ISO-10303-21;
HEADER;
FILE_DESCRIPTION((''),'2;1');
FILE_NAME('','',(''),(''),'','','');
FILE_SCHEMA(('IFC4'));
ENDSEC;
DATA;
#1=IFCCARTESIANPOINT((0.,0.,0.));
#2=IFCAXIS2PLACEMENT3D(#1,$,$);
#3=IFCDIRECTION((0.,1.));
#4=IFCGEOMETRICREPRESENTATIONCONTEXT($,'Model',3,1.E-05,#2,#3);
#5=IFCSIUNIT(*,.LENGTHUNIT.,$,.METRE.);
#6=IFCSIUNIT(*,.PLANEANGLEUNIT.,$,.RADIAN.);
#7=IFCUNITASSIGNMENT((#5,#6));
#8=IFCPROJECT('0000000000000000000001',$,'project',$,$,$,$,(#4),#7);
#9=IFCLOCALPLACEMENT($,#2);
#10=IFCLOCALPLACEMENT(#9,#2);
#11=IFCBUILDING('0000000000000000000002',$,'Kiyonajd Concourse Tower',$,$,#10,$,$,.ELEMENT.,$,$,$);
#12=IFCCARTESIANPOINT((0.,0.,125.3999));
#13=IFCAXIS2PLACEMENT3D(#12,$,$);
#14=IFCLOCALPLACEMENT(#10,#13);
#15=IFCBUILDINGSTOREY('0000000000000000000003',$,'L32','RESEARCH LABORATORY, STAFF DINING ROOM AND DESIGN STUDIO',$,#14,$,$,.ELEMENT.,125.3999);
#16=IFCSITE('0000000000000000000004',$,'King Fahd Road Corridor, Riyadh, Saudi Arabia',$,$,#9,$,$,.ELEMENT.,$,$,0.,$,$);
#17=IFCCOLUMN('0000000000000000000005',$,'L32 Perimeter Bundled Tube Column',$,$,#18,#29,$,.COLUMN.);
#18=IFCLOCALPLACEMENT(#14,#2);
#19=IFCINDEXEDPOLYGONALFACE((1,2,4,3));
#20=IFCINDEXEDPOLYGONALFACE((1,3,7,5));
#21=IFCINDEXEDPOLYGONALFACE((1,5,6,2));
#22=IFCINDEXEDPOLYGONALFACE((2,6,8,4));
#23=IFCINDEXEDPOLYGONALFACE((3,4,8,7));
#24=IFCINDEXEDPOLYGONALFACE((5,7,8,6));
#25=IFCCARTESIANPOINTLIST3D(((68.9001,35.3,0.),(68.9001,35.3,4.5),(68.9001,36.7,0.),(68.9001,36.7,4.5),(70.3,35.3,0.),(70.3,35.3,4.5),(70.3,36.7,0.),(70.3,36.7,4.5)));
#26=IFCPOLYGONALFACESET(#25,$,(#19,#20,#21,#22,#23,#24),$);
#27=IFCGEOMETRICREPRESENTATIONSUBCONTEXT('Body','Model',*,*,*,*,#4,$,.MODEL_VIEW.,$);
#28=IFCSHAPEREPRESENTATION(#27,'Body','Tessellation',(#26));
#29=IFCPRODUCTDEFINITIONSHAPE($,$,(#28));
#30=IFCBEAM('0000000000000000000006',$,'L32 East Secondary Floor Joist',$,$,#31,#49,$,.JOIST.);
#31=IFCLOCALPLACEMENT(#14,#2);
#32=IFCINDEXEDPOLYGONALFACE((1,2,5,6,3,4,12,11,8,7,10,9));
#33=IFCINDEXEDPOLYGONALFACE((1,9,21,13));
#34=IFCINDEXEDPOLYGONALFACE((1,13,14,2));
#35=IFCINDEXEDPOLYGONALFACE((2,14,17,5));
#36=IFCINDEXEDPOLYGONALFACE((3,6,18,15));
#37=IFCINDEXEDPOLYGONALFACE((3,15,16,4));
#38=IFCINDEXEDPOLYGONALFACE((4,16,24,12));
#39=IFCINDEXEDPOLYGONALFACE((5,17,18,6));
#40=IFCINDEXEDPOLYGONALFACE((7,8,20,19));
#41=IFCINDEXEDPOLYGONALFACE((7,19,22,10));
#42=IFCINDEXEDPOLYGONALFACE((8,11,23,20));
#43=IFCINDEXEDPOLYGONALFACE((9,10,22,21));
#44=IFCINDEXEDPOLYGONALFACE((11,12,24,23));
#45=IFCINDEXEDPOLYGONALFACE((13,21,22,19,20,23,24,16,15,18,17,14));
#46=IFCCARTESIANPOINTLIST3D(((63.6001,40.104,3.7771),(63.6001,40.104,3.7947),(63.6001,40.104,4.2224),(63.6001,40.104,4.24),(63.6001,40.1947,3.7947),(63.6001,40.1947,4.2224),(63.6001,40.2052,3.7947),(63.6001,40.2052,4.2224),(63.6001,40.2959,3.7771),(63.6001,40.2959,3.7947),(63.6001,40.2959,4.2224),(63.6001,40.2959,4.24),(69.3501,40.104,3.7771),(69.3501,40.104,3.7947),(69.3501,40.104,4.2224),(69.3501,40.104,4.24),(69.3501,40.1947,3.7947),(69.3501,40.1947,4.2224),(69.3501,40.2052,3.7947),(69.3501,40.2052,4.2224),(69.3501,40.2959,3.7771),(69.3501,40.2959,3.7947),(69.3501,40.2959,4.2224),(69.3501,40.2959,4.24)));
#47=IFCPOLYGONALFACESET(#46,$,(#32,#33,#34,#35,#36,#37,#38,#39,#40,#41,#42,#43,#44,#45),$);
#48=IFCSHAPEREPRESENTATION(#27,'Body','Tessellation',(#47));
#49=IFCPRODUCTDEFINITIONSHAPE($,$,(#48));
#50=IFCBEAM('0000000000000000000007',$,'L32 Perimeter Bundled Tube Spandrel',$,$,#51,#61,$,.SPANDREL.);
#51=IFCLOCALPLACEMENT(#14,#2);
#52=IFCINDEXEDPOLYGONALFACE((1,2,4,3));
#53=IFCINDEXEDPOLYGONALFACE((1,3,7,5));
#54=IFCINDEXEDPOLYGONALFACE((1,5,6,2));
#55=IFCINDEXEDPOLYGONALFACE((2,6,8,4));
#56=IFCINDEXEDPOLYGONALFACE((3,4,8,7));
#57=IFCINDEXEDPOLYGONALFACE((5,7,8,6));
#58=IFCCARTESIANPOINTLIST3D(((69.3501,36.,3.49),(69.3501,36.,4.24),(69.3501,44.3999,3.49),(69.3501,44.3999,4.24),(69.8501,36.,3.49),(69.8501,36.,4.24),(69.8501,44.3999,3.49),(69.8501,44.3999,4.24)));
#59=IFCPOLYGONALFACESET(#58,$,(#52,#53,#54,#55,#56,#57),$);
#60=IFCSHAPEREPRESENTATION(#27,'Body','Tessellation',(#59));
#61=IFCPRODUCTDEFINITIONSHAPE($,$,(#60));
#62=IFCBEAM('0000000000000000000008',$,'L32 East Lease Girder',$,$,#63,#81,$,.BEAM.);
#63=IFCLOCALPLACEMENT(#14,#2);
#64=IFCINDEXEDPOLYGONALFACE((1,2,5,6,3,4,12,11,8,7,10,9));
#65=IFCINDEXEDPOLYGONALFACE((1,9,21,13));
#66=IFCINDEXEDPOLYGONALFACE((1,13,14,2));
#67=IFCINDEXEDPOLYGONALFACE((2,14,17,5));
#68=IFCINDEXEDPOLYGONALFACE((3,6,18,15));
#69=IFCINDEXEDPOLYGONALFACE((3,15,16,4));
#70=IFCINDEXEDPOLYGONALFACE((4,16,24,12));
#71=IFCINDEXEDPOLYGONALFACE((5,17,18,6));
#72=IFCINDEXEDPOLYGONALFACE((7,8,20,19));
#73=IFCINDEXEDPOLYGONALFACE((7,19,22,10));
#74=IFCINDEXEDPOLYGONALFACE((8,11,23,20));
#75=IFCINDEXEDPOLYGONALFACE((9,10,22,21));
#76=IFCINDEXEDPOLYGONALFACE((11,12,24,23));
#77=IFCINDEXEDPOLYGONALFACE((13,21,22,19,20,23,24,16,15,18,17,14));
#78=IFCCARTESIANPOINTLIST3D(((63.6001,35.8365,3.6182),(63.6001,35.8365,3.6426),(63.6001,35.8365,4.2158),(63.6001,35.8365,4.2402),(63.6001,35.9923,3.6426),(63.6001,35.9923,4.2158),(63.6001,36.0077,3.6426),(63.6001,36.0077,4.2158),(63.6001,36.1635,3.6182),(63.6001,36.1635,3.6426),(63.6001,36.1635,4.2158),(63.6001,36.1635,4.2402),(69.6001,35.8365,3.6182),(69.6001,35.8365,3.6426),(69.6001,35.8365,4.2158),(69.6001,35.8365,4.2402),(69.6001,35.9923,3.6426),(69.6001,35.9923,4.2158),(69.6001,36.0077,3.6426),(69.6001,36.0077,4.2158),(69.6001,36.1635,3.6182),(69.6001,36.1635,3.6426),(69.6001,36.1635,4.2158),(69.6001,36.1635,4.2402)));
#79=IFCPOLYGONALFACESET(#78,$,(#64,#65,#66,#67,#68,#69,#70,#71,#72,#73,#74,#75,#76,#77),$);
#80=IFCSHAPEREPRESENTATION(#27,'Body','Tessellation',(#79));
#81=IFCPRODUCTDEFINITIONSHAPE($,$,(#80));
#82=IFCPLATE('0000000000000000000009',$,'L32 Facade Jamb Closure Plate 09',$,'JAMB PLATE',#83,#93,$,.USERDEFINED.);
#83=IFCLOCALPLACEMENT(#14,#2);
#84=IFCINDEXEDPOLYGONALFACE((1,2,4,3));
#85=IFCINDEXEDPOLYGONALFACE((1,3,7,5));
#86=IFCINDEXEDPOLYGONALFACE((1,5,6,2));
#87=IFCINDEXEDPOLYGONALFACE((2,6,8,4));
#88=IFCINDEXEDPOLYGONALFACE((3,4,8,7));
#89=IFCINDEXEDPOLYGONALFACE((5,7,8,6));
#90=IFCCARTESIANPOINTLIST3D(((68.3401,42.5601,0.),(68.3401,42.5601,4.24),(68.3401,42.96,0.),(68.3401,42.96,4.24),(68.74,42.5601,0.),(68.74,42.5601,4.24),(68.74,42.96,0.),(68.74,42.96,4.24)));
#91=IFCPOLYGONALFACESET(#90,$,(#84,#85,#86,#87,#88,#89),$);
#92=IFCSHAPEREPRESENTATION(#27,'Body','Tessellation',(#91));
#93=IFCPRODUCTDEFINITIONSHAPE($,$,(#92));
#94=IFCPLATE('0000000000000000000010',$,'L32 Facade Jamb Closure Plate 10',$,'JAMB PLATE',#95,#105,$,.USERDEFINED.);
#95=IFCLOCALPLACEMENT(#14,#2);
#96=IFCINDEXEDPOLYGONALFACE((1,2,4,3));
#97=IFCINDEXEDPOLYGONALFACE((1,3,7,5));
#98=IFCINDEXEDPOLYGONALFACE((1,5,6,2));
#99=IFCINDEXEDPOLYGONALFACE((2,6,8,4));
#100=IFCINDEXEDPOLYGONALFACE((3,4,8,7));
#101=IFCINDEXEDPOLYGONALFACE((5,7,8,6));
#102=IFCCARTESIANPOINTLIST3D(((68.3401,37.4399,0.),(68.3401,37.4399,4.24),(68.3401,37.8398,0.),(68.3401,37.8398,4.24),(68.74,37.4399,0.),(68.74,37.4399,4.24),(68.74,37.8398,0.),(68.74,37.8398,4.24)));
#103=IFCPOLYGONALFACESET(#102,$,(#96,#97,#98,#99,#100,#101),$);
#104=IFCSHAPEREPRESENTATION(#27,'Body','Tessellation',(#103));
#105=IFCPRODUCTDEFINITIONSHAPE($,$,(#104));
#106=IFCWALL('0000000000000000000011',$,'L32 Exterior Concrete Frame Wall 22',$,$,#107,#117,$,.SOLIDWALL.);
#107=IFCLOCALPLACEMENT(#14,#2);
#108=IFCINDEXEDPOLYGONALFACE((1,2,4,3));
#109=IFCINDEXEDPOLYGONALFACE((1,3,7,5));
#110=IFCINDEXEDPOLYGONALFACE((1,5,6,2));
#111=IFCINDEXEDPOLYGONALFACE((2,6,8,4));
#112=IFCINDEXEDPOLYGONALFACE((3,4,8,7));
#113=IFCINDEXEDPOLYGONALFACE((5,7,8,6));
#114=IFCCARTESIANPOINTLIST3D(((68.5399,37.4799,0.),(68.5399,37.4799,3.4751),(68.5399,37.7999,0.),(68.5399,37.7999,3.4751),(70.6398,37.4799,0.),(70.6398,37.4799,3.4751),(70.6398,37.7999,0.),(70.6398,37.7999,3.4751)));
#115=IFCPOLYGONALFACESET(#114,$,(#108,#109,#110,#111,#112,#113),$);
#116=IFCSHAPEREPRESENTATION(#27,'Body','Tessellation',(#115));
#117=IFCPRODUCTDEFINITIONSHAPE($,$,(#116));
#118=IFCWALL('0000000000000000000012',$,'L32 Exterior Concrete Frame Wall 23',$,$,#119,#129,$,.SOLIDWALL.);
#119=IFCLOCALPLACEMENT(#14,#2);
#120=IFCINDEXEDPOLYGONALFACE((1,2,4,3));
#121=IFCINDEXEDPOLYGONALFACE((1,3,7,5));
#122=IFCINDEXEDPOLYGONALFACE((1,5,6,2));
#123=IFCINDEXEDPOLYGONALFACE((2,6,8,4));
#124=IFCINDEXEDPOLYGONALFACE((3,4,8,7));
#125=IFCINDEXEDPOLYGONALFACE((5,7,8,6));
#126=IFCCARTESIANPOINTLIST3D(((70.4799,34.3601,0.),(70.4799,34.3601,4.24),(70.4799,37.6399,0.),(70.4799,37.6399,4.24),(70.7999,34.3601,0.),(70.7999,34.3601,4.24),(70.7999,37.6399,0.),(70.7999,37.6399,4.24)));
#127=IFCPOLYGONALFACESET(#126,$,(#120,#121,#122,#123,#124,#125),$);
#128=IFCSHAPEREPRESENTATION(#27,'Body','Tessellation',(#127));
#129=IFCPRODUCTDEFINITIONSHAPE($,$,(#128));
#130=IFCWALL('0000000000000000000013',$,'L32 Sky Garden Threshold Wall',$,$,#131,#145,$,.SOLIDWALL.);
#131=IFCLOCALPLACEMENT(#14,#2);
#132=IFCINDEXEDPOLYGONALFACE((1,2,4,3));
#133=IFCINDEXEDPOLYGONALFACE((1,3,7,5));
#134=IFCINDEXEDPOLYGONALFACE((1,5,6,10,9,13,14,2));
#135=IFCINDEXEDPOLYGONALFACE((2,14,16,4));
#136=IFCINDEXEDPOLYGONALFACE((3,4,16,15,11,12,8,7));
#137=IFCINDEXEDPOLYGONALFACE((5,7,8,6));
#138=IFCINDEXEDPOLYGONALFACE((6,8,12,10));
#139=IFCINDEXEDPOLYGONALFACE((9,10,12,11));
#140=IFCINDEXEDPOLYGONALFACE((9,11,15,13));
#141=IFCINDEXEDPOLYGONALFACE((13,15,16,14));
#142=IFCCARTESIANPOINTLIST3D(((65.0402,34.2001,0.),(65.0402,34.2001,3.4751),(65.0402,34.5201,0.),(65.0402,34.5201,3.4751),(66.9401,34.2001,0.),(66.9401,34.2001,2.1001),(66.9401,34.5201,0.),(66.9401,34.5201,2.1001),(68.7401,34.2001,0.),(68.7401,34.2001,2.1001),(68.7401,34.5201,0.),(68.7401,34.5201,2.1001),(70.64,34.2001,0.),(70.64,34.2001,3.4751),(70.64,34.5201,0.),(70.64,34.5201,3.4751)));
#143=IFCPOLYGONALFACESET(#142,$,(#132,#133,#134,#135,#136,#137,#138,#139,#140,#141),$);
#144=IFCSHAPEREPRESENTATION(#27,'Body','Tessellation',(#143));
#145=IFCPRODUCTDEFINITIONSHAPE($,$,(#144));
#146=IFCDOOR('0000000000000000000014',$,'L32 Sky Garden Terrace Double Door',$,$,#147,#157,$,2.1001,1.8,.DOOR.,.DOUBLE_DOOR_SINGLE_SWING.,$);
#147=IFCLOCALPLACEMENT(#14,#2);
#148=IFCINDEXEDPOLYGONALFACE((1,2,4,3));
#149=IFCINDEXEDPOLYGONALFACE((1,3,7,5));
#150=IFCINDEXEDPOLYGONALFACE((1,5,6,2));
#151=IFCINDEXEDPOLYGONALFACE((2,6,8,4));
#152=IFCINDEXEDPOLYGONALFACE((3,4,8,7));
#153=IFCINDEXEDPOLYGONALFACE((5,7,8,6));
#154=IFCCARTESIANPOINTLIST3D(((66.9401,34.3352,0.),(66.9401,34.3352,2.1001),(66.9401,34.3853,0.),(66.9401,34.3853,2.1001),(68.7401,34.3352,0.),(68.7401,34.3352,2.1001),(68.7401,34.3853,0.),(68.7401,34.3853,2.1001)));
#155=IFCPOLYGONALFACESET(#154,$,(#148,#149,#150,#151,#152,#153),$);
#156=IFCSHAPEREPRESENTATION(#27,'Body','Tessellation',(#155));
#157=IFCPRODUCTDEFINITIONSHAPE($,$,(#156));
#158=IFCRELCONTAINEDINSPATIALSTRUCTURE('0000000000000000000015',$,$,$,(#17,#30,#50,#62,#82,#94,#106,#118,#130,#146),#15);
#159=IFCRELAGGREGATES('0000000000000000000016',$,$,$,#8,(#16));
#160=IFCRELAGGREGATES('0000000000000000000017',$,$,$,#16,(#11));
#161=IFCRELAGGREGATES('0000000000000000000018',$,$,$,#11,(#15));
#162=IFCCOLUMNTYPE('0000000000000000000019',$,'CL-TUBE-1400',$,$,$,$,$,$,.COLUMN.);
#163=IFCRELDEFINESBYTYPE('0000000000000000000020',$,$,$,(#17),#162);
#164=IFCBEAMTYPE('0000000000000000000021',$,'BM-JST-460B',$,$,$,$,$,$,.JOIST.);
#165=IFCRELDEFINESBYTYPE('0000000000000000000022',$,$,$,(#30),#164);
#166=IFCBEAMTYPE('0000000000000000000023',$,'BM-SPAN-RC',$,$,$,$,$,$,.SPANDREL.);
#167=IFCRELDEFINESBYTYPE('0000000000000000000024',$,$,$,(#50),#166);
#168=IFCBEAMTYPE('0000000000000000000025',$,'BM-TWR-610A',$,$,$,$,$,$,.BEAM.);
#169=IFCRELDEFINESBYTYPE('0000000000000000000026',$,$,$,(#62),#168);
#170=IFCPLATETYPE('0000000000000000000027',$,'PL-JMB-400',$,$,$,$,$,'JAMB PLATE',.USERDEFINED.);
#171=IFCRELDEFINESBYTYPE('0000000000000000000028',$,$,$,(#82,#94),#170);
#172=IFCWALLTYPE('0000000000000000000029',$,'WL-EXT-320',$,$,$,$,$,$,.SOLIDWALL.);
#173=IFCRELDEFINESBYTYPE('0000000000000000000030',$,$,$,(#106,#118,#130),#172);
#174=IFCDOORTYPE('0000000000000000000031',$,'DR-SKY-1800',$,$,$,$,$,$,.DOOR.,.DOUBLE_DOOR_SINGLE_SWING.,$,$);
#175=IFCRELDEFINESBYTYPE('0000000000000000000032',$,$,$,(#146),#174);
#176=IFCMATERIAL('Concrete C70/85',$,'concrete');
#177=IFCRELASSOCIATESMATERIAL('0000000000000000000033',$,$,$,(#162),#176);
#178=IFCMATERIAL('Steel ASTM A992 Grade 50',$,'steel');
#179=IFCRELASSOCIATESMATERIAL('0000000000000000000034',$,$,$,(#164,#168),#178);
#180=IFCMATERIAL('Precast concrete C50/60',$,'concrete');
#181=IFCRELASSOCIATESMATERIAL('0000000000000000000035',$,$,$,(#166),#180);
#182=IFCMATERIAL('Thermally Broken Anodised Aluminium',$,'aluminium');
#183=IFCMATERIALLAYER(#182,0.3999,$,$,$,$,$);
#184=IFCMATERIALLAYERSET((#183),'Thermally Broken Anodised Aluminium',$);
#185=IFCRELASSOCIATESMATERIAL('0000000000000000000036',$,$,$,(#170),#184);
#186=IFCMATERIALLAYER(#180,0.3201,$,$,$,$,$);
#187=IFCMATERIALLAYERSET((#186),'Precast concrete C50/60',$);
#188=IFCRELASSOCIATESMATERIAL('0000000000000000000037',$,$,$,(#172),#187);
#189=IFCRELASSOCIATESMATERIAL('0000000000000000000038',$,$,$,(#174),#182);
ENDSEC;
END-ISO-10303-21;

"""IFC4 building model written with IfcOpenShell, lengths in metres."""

from ifc_helpers import new_model, si_unit, direction, frame, frame_2d, origin, origin_2d, place, context, subcontext, project, spatial, rectangle, i_section, extrude, material, layer, layer_set, material_profile, profile_set, type_object, element, fill, save


model = new_model("IFC4")

# Units and contexts
model_context = context("Model", 3, precision=1e-05, world=origin(), true_north=direction((0.0, 1.0)))
body_context = subcontext(model_context, "Body", "Model", "MODEL_VIEW")
ifc_project = project(units=[si_unit("LENGTHUNIT", "METRE"), si_unit("PLANEANGLEUNIT", "RADIAN")], contexts=[model_context])

# Site, building, storey
site_placement = place(None, origin())
site = spatial("IfcSite", under=ifc_project, at=site_placement, Name="King Fahd Road Corridor, Riyadh, Saudi Arabia", CompositionType="ELEMENT", RefElevation=0.0)
building_placement = place(site_placement, origin())
building = spatial("IfcBuilding", under=site, at=building_placement, Name="Kiyonajd Concourse Tower", CompositionType="ELEMENT")
storey_placement = place(building_placement, frame((0.0, 0.0, 125.3999)))
storey = spatial("IfcBuildingStorey", under=building, at=storey_placement, Name="L32", Description="RESEARCH LABORATORY, STAFF DINING ROOM AND DESIGN STUDIO", CompositionType="ELEMENT", Elevation=125.3999)

# Column
ifc_material_1 = material(Name="Concrete C70/85", Category="concrete")
ifc_material_profile_1 = material_profile(ifc_material_1, rectangle(XDim=1.3999, YDim=1.3999, at=origin_2d()), Name="RC-1400x1400")
ifc_profile_set_1 = profile_set([ifc_material_profile_1], Name="Concrete C70/85")
column_type = type_object("IfcColumnType", Name="CL-TUBE-1400", PredefinedType="COLUMN", material=ifc_profile_set_1)
column_placement = place(storey_placement, frame((69.6001, 36.0, 0.0), z_axis=(0.0, 0.0, 1.0), x_axis=(1.0, 0.0, 0.0)))
element("IfcColumn", 1, at=column_placement, inside=storey, type_object=column_type, Name="L32 Perimeter Bundled Tube Column", PredefinedType="COLUMN", context=body_context, shape_type="SweptSolid", body=[
    extrude(rectangle(XDim=1.3999, YDim=1.3999, at=origin_2d()), origin(), (0.0, 0.0, 1.0), 4.5),
])

# Beams
ifc_material_2 = material(Name="Steel ASTM A992 Grade 50", Category="steel")
ifc_material_profile_2 = material_profile(ifc_material_2, i_section(OverallWidth=0.1919, OverallDepth=0.4629, WebThickness=0.0105, FlangeThickness=0.0176, at=origin_2d()), Name="W460X89")
ifc_profile_set_2 = profile_set([ifc_material_profile_2], Name="Steel ASTM A992 Grade 50")
beam_type_1 = type_object("IfcBeamType", Name="BM-JST-460B", PredefinedType="JOIST", material=ifc_profile_set_2)
beam_1_placement = place(storey_placement, frame((63.6001, 40.2, 4.0085), z_axis=(1.0, 0.0, 0.0), x_axis=(0.0, 1.0, 0.0)))
element("IfcBeam", 2, at=beam_1_placement, inside=storey, type_object=beam_type_1, Name="L32 East Secondary Floor Joist", PredefinedType="JOIST", context=body_context, shape_type="SweptSolid", body=[
    extrude(i_section(OverallWidth=0.1919, OverallDepth=0.4629, WebThickness=0.0105, FlangeThickness=0.0176, at=origin_2d()), origin(), (0.0, 0.0, 1.0), 5.75),
])
ifc_material_3 = material(Name="Precast concrete C50/60", Category="concrete")
ifc_material_profile_3 = material_profile(ifc_material_3, rectangle(XDim=0.5, YDim=0.75, at=origin_2d()), Name="RCBM-500x750")
ifc_profile_set_3 = profile_set([ifc_material_profile_3], Name="Precast concrete C50/60")
beam_type_2 = type_object("IfcBeamType", Name="BM-SPAN-RC", PredefinedType="SPANDREL", material=ifc_profile_set_3)
beam_2_placement = place(storey_placement, frame((69.6001, 36.0, 3.865), z_axis=(0.0, 1.0, 0.0), x_axis=(-1.0, 0.0, 0.0)))
element("IfcBeam", 3, at=beam_2_placement, inside=storey, type_object=beam_type_2, Name="L32 Perimeter Bundled Tube Spandrel", PredefinedType="SPANDREL", context=body_context, shape_type="SweptSolid", body=[
    extrude(rectangle(XDim=0.5, YDim=0.75, at=origin_2d()), origin(), (0.0, 0.0, 1.0), 8.3999),
])
ifc_material_profile_4 = material_profile(ifc_material_2, i_section(OverallWidth=0.3269, OverallDepth=0.6221, WebThickness=0.0154, FlangeThickness=0.0244, at=origin_2d()), Name="W610X195")
ifc_profile_set_4 = profile_set([ifc_material_profile_4], Name="Steel ASTM A992 Grade 50")
beam_type_3 = type_object("IfcBeamType", Name="BM-TWR-610A", PredefinedType="BEAM", material=ifc_profile_set_4)
beam_3_placement = place(storey_placement, frame((63.6001, 36.0, 3.9292), z_axis=(1.0, 0.0, 0.0), x_axis=(0.0, 1.0, 0.0)))
element("IfcBeam", 4, at=beam_3_placement, inside=storey, type_object=beam_type_3, Name="L32 East Lease Girder", PredefinedType="BEAM", context=body_context, shape_type="SweptSolid", body=[
    extrude(i_section(OverallWidth=0.3269, OverallDepth=0.6221, WebThickness=0.0154, FlangeThickness=0.0244, at=origin_2d()), origin(), (0.0, 0.0, 1.0), 6.0),
])

# Plates
ifc_material_4 = material(Name="Thermally Broken Anodised Aluminium", Category="aluminium")
ifc_layer_1 = layer(ifc_material_4, 0.3999)
ifc_layer_set_1 = layer_set([ifc_layer_1], Name="Thermally Broken Anodised Aluminium")
plate_type = type_object("IfcPlateType", Name="PL-JMB-400", ElementType="JAMB PLATE", PredefinedType="USERDEFINED", material=ifc_layer_set_1)
for number, where, z_axis, x_axis, name in (
    (5, (68.54, 42.76, 0.0), (0.0, 0.0, 1.0), (1.0, 0.0, 0.0), "L32 Facade Jamb Closure Plate 09"),
    (6, (68.54, 37.6399, 0.0), (0.0, 0.0, 1.0), (1.0, 0.0, 0.0), "L32 Facade Jamb Closure Plate 10"),
):
    element("IfcPlate", number, at=place(storey_placement, frame(where, z_axis=z_axis, x_axis=x_axis)), inside=storey, type_object=plate_type, Name=name, ObjectType="JAMB PLATE", PredefinedType="USERDEFINED", context=body_context, shape_type="SweptSolid", body=[
        extrude(rectangle(XDim=0.3999, YDim=0.3999, at=origin_2d()), origin(), (0.0, 0.0, 1.0), 4.24),
    ])

# Walls
ifc_layer_2 = layer(ifc_material_3, 0.3201)
ifc_layer_set_2 = layer_set([ifc_layer_2], Name="Precast concrete C50/60")
wall_type_1 = type_object("IfcWallType", Name="WL-EXT-320", PredefinedType="SOLIDWALL", material=ifc_layer_set_2)
wall_1_placement = place(storey_placement, frame((68.54, 37.6399, 0.0), z_axis=(0.0, 0.0, 1.0), x_axis=(1.0, 0.0, 0.0)))
element("IfcWall", 7, at=wall_1_placement, inside=storey, type_object=wall_type_1, Name="L32 Exterior Concrete Frame Wall 22", PredefinedType="SOLIDWALL", context=body_context, shape_type="SweptSolid", body=[
    extrude(rectangle(XDim=2.0999, YDim=0.3201, at=frame_2d((1.0498, 0.0))), origin(), (0.0, 0.0, 1.0), 3.4751),
])
wall_2_placement = place(storey_placement, frame((70.6399, 37.6399, 0.0), z_axis=(0.0, 0.0, 1.0), x_axis=(0.0, -1.0, 0.0)))
element("IfcWall", 8, at=wall_2_placement, inside=storey, type_object=wall_type_1, Name="L32 Exterior Concrete Frame Wall 23", PredefinedType="SOLIDWALL", context=body_context, shape_type="SweptSolid", body=[
    extrude(rectangle(XDim=3.2798, YDim=0.3201, at=frame_2d((1.6399, 0.0))), origin(), (0.0, 0.0, 1.0), 4.24),
])

# Wall, opening, door
wall_3_placement = place(storey_placement, frame((70.6399, 34.3601, 0.0), z_axis=(0.0, 0.0, 1.0), x_axis=(-1.0, 0.0, 0.0)))
wall_3 = element("IfcWall", 9, at=wall_3_placement, inside=storey, type_object=wall_type_1, Name="L32 Sky Garden Threshold Wall", PredefinedType="SOLIDWALL", context=body_context, shape_type="SweptSolid", body=[
    extrude(rectangle(XDim=5.5999, YDim=0.3201, at=frame_2d((2.7998, 0.0))), origin(), (0.0, 0.0, 1.0), 3.4751),
])
opening_1_placement = place(wall_3_placement, frame((1.8999, 0.0, 0.0)))
opening_1 = element("IfcOpeningElement", 10, at=opening_1_placement, cuts=wall_3, PredefinedType="OPENING", context=body_context, shape_type="SweptSolid", body=[
    extrude(rectangle(XDim=1.8, YDim=2.1001, at=frame_2d((0.8999, 1.05))), frame((0.0, 0.1699, 0.0), z_axis=(0.0, -1.0, 0.0), x_axis=(1.0, 0.0, 0.0)), (0.0, 0.0, 1.0), 0.3401),
])
door_type_1 = type_object("IfcDoorType", Name="DR-SKY-1800", OperationType="DOUBLE_DOOR_SINGLE_SWING", PredefinedType="DOOR", material=ifc_material_4)
door_1_placement = place(opening_1_placement, origin())
door_1 = element("IfcDoor", 11, at=door_1_placement, inside=storey, type_object=door_type_1, Name="L32 Sky Garden Terrace Double Door", OperationType="DOUBLE_DOOR_SINGLE_SWING", OverallHeight=2.1001, OverallWidth=1.8, PredefinedType="DOOR", context=body_context, shape_type="SweptSolid", body=[
    extrude(rectangle(XDim=1.8, YDim=2.1001, at=frame_2d((0.8999, 1.05))), frame((0.0, 0.0249, 0.0), z_axis=(0.0, -1.0, 0.0), x_axis=(1.0, 0.0, 0.0)), (0.0, 0.0, 1.0), 0.05),
])
fill(opening_1, door_1)

save(model, "model.ifc")
